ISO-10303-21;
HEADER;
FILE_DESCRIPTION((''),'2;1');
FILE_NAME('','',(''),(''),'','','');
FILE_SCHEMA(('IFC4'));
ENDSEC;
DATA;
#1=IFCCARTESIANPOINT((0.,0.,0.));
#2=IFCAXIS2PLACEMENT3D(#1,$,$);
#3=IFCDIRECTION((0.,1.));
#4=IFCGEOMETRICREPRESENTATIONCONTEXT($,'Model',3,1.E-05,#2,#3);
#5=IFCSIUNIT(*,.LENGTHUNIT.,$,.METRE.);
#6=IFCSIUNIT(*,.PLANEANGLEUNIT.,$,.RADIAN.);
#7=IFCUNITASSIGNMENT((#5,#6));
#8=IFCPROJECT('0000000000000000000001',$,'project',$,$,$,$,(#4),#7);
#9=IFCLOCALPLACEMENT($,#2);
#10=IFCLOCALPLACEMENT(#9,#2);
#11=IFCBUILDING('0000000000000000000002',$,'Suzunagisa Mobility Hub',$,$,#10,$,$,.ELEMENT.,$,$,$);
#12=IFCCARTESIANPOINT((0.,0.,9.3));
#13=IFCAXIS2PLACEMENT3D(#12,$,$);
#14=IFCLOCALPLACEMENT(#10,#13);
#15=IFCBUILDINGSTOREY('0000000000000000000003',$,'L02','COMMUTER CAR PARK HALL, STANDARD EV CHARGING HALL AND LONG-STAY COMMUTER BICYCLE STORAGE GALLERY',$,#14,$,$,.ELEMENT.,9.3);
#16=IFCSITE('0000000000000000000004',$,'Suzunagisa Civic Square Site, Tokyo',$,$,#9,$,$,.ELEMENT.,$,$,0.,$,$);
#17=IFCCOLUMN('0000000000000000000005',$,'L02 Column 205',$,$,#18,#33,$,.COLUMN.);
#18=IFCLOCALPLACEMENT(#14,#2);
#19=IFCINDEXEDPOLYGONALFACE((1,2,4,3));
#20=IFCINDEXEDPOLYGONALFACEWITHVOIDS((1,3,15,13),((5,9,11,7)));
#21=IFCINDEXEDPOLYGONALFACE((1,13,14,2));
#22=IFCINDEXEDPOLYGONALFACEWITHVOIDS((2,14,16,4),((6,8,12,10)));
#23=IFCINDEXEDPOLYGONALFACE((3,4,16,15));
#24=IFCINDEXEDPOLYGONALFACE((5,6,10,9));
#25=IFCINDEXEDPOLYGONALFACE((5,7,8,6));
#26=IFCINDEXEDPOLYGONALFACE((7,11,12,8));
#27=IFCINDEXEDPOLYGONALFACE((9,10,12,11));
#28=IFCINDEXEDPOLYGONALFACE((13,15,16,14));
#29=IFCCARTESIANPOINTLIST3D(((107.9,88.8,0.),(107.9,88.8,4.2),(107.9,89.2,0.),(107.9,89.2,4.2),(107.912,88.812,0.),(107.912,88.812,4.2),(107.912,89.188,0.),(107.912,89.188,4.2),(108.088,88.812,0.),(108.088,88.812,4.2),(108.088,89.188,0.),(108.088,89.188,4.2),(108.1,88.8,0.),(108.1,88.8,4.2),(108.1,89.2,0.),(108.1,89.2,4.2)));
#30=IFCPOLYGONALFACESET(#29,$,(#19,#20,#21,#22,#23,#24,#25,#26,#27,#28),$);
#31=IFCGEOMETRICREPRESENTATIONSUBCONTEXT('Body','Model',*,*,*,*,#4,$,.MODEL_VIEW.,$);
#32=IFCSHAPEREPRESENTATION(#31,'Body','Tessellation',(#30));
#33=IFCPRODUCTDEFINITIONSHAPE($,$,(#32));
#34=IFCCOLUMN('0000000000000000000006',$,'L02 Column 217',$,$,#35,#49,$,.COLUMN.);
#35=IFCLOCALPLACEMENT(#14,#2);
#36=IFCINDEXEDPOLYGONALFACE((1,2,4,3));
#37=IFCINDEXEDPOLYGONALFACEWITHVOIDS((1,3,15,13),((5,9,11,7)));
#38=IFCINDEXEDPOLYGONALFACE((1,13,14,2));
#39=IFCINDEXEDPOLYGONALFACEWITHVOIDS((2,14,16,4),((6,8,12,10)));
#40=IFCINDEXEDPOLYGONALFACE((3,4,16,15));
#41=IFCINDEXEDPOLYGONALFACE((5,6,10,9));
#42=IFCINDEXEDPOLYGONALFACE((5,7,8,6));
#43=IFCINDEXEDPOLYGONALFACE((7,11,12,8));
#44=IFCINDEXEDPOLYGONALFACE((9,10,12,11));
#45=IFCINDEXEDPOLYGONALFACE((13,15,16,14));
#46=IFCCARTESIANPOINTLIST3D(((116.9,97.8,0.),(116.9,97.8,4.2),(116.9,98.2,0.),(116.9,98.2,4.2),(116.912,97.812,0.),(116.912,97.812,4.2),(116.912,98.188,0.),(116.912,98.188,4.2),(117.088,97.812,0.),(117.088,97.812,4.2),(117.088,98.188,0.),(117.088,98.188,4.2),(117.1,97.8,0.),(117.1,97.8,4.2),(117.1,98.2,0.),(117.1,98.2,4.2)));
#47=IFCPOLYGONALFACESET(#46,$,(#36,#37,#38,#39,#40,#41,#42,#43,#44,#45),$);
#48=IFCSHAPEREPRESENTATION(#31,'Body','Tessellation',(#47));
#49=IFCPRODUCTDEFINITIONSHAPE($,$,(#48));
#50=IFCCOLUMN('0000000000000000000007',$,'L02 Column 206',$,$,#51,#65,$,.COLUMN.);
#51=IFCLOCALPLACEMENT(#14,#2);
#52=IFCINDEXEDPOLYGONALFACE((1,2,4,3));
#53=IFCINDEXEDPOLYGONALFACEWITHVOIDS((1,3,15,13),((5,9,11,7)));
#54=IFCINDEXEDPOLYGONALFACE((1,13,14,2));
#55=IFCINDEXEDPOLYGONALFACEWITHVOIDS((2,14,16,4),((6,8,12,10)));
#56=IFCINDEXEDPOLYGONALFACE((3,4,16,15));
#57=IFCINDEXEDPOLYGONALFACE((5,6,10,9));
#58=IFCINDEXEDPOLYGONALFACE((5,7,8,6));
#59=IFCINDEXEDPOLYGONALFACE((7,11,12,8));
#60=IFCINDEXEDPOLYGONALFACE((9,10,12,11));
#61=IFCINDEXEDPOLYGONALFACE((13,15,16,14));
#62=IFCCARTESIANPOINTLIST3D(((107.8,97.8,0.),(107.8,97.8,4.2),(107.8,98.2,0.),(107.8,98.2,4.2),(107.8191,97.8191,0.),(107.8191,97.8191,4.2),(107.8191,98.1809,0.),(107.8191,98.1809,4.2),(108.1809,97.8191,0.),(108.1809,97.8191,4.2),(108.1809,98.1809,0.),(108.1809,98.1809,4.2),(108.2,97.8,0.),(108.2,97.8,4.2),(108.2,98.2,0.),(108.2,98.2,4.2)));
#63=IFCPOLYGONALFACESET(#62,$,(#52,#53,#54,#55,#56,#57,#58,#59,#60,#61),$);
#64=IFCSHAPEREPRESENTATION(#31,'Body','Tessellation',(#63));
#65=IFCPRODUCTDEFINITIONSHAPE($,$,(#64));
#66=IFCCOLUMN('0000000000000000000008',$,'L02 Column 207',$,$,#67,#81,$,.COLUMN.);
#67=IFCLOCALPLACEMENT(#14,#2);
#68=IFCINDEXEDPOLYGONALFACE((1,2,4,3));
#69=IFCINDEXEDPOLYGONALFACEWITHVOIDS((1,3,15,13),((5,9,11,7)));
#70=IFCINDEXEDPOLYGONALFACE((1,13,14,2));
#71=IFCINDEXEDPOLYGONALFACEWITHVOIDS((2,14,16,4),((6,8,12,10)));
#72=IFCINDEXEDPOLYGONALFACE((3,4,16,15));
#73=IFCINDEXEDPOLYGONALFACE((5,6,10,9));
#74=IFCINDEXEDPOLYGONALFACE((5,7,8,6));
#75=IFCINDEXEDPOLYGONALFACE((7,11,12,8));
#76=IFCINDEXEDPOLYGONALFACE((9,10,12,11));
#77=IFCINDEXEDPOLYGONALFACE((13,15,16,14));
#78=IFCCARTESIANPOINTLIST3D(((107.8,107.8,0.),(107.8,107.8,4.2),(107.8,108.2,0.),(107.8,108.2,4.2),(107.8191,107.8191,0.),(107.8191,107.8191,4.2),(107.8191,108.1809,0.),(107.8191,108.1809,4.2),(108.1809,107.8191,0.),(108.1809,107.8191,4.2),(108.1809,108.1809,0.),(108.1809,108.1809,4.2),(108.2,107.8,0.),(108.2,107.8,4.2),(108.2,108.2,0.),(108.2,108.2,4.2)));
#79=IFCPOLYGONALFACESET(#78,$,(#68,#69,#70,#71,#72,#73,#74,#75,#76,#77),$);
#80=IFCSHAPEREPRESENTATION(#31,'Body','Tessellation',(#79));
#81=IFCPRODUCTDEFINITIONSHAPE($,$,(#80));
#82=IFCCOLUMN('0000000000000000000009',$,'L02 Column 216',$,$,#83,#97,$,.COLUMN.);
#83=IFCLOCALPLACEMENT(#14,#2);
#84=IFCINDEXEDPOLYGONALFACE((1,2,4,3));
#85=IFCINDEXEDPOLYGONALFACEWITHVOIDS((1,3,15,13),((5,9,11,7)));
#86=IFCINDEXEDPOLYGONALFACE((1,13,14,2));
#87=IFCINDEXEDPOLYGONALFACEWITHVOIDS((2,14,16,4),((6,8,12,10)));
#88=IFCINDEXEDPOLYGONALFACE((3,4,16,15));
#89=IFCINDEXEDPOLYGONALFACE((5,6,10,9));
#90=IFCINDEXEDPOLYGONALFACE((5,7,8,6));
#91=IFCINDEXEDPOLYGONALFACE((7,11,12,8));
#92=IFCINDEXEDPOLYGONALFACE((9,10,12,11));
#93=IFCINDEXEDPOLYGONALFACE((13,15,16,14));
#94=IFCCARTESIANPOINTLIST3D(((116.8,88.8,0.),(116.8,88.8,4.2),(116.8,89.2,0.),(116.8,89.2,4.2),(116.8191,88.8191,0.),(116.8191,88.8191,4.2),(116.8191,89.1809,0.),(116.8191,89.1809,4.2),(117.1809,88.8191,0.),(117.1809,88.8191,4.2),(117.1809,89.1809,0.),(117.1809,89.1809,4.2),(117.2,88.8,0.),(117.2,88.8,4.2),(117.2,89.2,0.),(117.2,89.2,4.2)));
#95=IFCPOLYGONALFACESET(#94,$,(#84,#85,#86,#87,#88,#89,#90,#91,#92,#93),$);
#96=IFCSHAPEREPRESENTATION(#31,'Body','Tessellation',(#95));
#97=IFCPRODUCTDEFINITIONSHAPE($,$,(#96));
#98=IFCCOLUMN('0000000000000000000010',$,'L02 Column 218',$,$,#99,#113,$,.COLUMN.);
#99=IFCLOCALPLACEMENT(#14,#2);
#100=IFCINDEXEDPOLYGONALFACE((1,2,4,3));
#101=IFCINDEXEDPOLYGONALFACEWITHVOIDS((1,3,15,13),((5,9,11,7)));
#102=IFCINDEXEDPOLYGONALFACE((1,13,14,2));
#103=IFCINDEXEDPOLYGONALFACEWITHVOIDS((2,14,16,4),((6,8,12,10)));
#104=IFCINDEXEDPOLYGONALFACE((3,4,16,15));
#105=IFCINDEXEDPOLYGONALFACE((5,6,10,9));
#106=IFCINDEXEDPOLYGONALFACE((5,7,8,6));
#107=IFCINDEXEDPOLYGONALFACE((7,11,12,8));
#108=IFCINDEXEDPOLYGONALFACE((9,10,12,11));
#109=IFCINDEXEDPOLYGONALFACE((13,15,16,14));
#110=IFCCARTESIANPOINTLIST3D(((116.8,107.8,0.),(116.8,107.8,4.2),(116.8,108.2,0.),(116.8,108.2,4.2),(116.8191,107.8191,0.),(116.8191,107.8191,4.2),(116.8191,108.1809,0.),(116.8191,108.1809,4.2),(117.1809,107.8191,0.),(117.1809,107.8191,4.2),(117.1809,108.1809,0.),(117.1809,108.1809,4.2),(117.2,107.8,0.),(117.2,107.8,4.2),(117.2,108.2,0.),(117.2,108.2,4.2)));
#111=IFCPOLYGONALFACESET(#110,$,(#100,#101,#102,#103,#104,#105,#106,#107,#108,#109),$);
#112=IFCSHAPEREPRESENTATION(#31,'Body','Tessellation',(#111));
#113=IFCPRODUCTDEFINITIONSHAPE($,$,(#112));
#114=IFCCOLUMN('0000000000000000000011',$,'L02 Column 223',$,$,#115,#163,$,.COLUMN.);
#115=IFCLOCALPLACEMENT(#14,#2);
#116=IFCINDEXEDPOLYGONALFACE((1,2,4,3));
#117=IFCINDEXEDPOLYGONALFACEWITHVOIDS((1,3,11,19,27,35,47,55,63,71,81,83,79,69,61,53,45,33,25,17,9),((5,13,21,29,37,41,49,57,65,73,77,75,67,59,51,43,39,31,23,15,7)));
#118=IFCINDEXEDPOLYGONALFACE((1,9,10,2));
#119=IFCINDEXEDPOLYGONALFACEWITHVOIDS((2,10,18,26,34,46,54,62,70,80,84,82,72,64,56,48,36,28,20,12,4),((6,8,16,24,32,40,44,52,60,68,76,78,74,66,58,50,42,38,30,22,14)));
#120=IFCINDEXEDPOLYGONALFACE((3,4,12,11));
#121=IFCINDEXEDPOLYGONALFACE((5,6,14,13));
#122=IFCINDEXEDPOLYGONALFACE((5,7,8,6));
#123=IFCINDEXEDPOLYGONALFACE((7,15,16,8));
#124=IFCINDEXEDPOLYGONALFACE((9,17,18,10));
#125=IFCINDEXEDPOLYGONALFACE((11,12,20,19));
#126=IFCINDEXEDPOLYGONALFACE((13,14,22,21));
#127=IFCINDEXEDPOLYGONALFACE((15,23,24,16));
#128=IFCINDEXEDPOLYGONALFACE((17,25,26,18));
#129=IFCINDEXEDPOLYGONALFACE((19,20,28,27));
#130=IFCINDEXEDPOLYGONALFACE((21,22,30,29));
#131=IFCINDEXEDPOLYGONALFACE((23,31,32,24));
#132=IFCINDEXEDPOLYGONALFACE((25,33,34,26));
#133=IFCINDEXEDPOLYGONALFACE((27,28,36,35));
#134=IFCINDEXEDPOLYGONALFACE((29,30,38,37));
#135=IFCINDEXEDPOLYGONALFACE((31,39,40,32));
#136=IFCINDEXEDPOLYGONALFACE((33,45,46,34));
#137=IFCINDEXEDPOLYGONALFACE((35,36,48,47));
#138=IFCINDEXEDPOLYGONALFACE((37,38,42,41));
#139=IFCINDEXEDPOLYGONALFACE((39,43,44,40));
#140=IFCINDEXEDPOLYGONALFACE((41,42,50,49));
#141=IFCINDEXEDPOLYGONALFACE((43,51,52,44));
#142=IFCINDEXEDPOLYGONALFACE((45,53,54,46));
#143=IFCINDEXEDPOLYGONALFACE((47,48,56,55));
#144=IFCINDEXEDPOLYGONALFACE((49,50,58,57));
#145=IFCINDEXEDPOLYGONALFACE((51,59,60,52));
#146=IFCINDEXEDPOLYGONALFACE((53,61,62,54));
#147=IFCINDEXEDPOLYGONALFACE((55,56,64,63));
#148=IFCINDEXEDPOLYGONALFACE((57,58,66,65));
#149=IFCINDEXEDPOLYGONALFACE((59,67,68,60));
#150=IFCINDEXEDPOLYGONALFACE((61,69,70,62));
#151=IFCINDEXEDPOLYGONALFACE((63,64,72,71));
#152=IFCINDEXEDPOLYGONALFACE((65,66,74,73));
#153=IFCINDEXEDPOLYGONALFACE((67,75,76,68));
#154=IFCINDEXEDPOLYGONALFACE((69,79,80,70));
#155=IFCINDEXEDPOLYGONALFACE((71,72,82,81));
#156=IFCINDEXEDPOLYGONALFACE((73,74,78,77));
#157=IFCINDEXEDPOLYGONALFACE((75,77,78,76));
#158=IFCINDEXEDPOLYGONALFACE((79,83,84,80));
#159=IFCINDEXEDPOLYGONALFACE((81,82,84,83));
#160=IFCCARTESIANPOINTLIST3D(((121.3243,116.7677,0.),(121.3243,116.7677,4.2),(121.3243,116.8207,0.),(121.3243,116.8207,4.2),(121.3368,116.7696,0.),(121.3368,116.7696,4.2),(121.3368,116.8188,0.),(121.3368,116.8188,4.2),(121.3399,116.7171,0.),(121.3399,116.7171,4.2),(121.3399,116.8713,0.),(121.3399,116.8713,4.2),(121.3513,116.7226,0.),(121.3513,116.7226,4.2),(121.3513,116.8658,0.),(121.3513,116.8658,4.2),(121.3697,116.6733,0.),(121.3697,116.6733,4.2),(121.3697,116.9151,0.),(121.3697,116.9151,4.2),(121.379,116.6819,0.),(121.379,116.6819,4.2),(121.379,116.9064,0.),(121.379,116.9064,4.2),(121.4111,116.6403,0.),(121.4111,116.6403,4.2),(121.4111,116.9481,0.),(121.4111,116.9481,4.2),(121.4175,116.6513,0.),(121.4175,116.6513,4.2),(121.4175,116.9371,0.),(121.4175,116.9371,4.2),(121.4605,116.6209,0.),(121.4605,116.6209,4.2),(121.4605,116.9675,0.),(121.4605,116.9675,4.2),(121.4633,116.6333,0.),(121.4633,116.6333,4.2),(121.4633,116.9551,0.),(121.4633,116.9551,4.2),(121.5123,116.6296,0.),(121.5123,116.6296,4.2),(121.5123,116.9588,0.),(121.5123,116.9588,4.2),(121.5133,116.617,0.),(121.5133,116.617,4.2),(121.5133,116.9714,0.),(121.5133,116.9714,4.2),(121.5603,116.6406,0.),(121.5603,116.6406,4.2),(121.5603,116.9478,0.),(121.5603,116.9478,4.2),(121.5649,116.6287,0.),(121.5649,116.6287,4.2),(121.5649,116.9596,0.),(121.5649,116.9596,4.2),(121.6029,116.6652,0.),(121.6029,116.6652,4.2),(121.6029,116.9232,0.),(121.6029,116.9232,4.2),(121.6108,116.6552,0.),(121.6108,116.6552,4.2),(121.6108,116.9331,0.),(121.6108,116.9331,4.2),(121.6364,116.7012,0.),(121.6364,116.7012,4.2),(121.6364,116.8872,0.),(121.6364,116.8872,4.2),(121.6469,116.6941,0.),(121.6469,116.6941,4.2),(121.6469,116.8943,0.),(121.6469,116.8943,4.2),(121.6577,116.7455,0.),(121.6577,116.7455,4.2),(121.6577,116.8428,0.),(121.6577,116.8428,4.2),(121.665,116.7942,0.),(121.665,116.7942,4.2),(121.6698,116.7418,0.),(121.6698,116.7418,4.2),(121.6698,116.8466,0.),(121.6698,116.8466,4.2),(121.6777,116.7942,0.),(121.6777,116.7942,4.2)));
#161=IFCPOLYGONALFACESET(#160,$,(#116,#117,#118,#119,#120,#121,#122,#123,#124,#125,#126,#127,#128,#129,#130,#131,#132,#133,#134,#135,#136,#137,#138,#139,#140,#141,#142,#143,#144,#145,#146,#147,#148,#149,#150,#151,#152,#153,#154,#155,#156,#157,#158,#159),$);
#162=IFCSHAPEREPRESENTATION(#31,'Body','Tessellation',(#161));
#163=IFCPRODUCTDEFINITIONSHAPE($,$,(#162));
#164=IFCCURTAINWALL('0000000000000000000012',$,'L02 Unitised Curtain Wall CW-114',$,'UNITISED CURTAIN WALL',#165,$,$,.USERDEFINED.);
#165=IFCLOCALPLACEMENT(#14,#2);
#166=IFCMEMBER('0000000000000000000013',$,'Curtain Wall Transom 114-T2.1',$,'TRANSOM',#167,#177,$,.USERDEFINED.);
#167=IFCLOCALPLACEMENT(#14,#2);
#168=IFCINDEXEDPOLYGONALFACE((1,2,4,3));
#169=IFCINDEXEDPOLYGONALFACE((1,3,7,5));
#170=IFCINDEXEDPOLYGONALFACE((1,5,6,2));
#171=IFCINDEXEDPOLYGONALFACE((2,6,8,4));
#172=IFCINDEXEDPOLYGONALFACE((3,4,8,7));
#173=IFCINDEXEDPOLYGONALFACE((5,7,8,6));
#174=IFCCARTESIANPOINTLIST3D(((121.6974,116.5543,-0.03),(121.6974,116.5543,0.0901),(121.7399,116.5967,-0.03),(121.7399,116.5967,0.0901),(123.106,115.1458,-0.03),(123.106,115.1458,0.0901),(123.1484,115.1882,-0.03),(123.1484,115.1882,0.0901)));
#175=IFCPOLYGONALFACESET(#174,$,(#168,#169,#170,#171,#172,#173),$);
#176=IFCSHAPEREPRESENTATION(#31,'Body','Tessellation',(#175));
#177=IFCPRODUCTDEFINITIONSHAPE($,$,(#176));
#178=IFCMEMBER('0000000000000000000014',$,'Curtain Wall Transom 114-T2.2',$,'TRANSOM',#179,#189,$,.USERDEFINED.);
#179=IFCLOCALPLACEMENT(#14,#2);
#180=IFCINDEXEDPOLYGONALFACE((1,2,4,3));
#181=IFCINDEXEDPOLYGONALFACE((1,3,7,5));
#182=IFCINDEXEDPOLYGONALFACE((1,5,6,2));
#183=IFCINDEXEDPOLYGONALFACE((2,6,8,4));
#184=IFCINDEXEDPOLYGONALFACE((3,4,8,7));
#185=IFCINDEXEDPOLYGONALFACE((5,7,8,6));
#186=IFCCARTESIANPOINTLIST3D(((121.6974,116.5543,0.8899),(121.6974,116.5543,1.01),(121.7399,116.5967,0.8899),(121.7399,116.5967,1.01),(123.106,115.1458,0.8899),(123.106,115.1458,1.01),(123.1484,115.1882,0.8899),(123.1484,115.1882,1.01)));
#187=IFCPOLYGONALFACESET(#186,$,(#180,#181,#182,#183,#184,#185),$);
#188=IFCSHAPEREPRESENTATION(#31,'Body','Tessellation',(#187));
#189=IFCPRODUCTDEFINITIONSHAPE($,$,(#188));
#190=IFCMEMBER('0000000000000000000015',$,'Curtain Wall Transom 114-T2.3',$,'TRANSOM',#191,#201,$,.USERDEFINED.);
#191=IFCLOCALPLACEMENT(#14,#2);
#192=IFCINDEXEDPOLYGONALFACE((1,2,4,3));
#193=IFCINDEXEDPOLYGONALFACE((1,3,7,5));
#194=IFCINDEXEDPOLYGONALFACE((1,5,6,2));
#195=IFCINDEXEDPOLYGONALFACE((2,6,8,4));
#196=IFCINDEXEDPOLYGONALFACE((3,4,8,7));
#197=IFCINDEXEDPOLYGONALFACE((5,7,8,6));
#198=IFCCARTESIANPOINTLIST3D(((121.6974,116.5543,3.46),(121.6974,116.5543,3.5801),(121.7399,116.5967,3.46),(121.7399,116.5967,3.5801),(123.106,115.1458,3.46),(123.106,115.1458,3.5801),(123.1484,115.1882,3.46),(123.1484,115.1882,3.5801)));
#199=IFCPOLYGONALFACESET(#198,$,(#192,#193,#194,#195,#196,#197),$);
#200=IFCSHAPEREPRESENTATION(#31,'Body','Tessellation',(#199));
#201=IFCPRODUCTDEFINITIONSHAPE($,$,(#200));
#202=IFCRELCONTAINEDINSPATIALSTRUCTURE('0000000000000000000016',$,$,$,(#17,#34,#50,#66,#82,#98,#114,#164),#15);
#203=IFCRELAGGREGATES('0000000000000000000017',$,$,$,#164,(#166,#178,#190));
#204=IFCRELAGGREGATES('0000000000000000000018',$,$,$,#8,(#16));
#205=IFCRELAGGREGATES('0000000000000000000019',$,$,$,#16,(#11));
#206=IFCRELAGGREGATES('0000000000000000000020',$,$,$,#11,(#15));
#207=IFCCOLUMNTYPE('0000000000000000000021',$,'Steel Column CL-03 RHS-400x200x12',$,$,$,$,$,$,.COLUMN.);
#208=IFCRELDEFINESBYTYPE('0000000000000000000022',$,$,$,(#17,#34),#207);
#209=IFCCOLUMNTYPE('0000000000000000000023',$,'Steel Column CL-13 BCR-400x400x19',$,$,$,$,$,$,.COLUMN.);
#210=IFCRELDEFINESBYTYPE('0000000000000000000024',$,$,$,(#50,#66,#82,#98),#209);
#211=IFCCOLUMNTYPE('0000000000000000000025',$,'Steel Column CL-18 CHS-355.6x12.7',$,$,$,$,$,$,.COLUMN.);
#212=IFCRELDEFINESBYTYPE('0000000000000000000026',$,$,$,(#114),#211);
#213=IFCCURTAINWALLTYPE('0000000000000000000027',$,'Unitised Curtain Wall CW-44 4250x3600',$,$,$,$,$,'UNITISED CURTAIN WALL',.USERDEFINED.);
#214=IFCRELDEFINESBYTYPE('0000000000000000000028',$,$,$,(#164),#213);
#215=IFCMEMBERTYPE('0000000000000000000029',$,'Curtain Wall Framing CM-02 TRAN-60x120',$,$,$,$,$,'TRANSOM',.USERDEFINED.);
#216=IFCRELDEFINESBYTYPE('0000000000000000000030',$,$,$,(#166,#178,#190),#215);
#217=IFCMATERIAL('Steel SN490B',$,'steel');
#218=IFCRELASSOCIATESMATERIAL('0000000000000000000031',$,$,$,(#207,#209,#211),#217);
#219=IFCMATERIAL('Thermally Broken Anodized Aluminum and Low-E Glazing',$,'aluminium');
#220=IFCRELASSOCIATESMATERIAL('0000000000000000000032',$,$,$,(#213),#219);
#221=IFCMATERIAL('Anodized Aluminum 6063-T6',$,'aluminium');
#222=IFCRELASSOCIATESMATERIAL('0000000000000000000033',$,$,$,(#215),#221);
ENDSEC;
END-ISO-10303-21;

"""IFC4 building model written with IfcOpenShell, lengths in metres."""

from ifc_helpers import new_model, si_unit, direction, frame, origin, origin_2d, place, context, subcontext, project, spatial, rectangle, hollow_rectangle, hollow_circle, extrude, material, material_profile, profile_set, type_object, element, aggregate, save


model = new_model("IFC4")

# Units and contexts
model_context = context("Model", 3, precision=1e-05, world=origin(), true_north=direction((0.0, 1.0)))
body_context = subcontext(model_context, "Body", "Model", "MODEL_VIEW")
ifc_project = project(units=[si_unit("LENGTHUNIT", "METRE"), si_unit("PLANEANGLEUNIT", "RADIAN")], contexts=[model_context])

# Site, building, storey
site_placement = place(None, origin())
site = spatial("IfcSite", under=ifc_project, at=site_placement, Name="Suzunagisa Civic Square Site, Tokyo", CompositionType="ELEMENT", RefElevation=0.0)
building_placement = place(site_placement, origin())
building = spatial("IfcBuilding", under=site, at=building_placement, Name="Suzunagisa Mobility Hub", CompositionType="ELEMENT")
storey_placement = place(building_placement, frame((0.0, 0.0, 9.3)))
storey = spatial("IfcBuildingStorey", under=building, at=storey_placement, Name="L02", Description="COMMUTER CAR PARK HALL, STANDARD EV CHARGING HALL AND LONG-STAY COMMUTER BICYCLE STORAGE GALLERY", CompositionType="ELEMENT", Elevation=9.3)

# Columns
ifc_material_1 = material(Name="Steel SN490B", Category="steel")
ifc_material_profile_1 = material_profile(ifc_material_1, hollow_rectangle(XDim=0.2, YDim=0.3999, WallThickness=0.012, at=origin_2d()), Name="RHS-400x200x12")
ifc_profile_set_1 = profile_set([ifc_material_profile_1], Name="Steel SN490B")
column_type_1 = type_object("IfcColumnType", Name="Steel Column CL-03 RHS-400x200x12", PredefinedType="COLUMN", material=ifc_profile_set_1)
for number, where, z_axis, x_axis, name in (
    (1, (108.0, 89.0, 0.0), (0.0, 0.0, 1.0), (1.0, 0.0, 0.0), "L02 Column 205"),
    (2, (117.0, 98.0, 0.0), (0.0, 0.0, 1.0), (1.0, 0.0, 0.0), "L02 Column 217"),
):
    element("IfcColumn", number, at=place(storey_placement, frame(where, z_axis=z_axis, x_axis=x_axis)), inside=storey, type_object=column_type_1, Name=name, PredefinedType="COLUMN", context=body_context, shape_type="SweptSolid", body=[
        extrude(hollow_rectangle(XDim=0.2, YDim=0.3999, WallThickness=0.012, at=origin_2d()), origin(), (0.0, 0.0, 1.0), 4.2),
    ])
ifc_material_profile_2 = material_profile(ifc_material_1, hollow_rectangle(XDim=0.3999, YDim=0.3999, WallThickness=0.019, at=origin_2d()), Name="BCR-400x400x19")
ifc_profile_set_2 = profile_set([ifc_material_profile_2], Name="Steel SN490B")
column_type_2 = type_object("IfcColumnType", Name="Steel Column CL-13 BCR-400x400x19", PredefinedType="COLUMN", material=ifc_profile_set_2)
for number, where, z_axis, x_axis, name in (
    (3, (108.0, 98.0, 0.0), (0.0, 0.0, 1.0), (1.0, 0.0, 0.0), "L02 Column 206"),
    (4, (108.0, 108.0, 0.0), (0.0, 0.0, 1.0), (1.0, 0.0, 0.0), "L02 Column 207"),
    (5, (117.0, 89.0, 0.0), (0.0, 0.0, 1.0), (1.0, 0.0, 0.0), "L02 Column 216"),
    (6, (117.0, 108.0, 0.0), (0.0, 0.0, 1.0), (1.0, 0.0, 0.0), "L02 Column 218"),
):
    element("IfcColumn", number, at=place(storey_placement, frame(where, z_axis=z_axis, x_axis=x_axis)), inside=storey, type_object=column_type_2, Name=name, PredefinedType="COLUMN", context=body_context, shape_type="SweptSolid", body=[
        extrude(hollow_rectangle(XDim=0.3999, YDim=0.3999, WallThickness=0.019, at=origin_2d()), origin(), (0.0, 0.0, 1.0), 4.2),
    ])
ifc_material_profile_3 = material_profile(ifc_material_1, hollow_circle(Radius=0.1777, WallThickness=0.0127, at=origin_2d()), Name="CHS-355.6x12.7")
ifc_profile_set_3 = profile_set([ifc_material_profile_3], Name="Steel SN490B")
column_type_3 = type_object("IfcColumnType", Name="Steel Column CL-18 CHS-355.6x12.7", PredefinedType="COLUMN", material=ifc_profile_set_3)
column_placement = place(storey_placement, frame((121.5, 116.7942, 0.0), z_axis=(0.0, 0.0, 1.0), x_axis=(1.0, 0.0, 0.0)))
element("IfcColumn", 7, at=column_placement, inside=storey, type_object=column_type_3, Name="L02 Column 223", PredefinedType="COLUMN", context=body_context, shape_type="SweptSolid", body=[
    extrude(hollow_circle(Radius=0.1777, WallThickness=0.0127, at=origin_2d()), origin(), (0.0, 0.0, 1.0), 4.2),
])

# Curtain wall, members
ifc_material_2 = material(Name="Thermally Broken Anodized Aluminum and Low-E Glazing", Category="aluminium")
curtain_wall_type = type_object("IfcCurtainWallType", Name="Unitised Curtain Wall CW-44 4250x3600", ElementType="UNITISED CURTAIN WALL", PredefinedType="USERDEFINED", material=ifc_material_2)
curtain_wall_placement = place(storey_placement, origin())
curtain_wall = element("IfcCurtainWall", 8, at=curtain_wall_placement, inside=storey, type_object=curtain_wall_type, Name="L02 Unitised Curtain Wall CW-114", ObjectType="UNITISED CURTAIN WALL", PredefinedType="USERDEFINED")
ifc_material_3 = material(Name="Anodized Aluminum 6063-T6", Category="aluminium")
ifc_material_profile_4 = material_profile(ifc_material_3, rectangle(XDim=0.0601, YDim=0.1201, at=origin_2d()), Name="TRAN-60x120")
ifc_profile_set_4 = profile_set([ifc_material_profile_4], Name="Anodized Aluminum 6063-T6")
member_type_1 = type_object("IfcMemberType", Name="Curtain Wall Framing CM-02 TRAN-60x120", ElementType="TRANSOM", PredefinedType="USERDEFINED", material=ifc_profile_set_4)
member_1_placement = place(storey_placement, frame((123.1272, 115.167, 0.03), z_axis=(-0.707107, 0.707107, 0.0), x_axis=(-0.707107, -0.707107, 0.0)))
member_1 = element("IfcMember", 9, at=member_1_placement, type_object=member_type_1, Name="Curtain Wall Transom 114-T2.1", ObjectType="TRANSOM", PredefinedType="USERDEFINED", context=body_context, shape_type="SweptSolid", body=[
    extrude(rectangle(XDim=0.0601, YDim=0.1201, at=origin_2d()), origin(), (0.0, 0.0, 1.0), 1.9919),
])
member_2_placement = place(storey_placement, frame((123.1272, 115.167, 0.95), z_axis=(-0.707107, 0.707107, 0.0), x_axis=(-0.707107, -0.707107, 0.0)))
member_2 = element("IfcMember", 10, at=member_2_placement, type_object=member_type_1, Name="Curtain Wall Transom 114-T2.2", ObjectType="TRANSOM", PredefinedType="USERDEFINED", context=body_context, shape_type="SweptSolid", body=[
    extrude(rectangle(XDim=0.0601, YDim=0.1201, at=origin_2d()), origin(), (0.0, 0.0, 1.0), 1.9919),
])
member_3_placement = place(storey_placement, frame((123.1272, 115.167, 3.52), z_axis=(-0.707107, 0.707107, 0.0), x_axis=(-0.707107, -0.707107, 0.0)))
member_3 = element("IfcMember", 11, at=member_3_placement, type_object=member_type_1, Name="Curtain Wall Transom 114-T2.3", ObjectType="TRANSOM", PredefinedType="USERDEFINED", context=body_context, shape_type="SweptSolid", body=[
    extrude(rectangle(XDim=0.0601, YDim=0.1201, at=origin_2d()), origin(), (0.0, 0.0, 1.0), 1.9919),
])

aggregate(curtain_wall, [member_1, member_2, member_3])

save(model, "model.ifc")
